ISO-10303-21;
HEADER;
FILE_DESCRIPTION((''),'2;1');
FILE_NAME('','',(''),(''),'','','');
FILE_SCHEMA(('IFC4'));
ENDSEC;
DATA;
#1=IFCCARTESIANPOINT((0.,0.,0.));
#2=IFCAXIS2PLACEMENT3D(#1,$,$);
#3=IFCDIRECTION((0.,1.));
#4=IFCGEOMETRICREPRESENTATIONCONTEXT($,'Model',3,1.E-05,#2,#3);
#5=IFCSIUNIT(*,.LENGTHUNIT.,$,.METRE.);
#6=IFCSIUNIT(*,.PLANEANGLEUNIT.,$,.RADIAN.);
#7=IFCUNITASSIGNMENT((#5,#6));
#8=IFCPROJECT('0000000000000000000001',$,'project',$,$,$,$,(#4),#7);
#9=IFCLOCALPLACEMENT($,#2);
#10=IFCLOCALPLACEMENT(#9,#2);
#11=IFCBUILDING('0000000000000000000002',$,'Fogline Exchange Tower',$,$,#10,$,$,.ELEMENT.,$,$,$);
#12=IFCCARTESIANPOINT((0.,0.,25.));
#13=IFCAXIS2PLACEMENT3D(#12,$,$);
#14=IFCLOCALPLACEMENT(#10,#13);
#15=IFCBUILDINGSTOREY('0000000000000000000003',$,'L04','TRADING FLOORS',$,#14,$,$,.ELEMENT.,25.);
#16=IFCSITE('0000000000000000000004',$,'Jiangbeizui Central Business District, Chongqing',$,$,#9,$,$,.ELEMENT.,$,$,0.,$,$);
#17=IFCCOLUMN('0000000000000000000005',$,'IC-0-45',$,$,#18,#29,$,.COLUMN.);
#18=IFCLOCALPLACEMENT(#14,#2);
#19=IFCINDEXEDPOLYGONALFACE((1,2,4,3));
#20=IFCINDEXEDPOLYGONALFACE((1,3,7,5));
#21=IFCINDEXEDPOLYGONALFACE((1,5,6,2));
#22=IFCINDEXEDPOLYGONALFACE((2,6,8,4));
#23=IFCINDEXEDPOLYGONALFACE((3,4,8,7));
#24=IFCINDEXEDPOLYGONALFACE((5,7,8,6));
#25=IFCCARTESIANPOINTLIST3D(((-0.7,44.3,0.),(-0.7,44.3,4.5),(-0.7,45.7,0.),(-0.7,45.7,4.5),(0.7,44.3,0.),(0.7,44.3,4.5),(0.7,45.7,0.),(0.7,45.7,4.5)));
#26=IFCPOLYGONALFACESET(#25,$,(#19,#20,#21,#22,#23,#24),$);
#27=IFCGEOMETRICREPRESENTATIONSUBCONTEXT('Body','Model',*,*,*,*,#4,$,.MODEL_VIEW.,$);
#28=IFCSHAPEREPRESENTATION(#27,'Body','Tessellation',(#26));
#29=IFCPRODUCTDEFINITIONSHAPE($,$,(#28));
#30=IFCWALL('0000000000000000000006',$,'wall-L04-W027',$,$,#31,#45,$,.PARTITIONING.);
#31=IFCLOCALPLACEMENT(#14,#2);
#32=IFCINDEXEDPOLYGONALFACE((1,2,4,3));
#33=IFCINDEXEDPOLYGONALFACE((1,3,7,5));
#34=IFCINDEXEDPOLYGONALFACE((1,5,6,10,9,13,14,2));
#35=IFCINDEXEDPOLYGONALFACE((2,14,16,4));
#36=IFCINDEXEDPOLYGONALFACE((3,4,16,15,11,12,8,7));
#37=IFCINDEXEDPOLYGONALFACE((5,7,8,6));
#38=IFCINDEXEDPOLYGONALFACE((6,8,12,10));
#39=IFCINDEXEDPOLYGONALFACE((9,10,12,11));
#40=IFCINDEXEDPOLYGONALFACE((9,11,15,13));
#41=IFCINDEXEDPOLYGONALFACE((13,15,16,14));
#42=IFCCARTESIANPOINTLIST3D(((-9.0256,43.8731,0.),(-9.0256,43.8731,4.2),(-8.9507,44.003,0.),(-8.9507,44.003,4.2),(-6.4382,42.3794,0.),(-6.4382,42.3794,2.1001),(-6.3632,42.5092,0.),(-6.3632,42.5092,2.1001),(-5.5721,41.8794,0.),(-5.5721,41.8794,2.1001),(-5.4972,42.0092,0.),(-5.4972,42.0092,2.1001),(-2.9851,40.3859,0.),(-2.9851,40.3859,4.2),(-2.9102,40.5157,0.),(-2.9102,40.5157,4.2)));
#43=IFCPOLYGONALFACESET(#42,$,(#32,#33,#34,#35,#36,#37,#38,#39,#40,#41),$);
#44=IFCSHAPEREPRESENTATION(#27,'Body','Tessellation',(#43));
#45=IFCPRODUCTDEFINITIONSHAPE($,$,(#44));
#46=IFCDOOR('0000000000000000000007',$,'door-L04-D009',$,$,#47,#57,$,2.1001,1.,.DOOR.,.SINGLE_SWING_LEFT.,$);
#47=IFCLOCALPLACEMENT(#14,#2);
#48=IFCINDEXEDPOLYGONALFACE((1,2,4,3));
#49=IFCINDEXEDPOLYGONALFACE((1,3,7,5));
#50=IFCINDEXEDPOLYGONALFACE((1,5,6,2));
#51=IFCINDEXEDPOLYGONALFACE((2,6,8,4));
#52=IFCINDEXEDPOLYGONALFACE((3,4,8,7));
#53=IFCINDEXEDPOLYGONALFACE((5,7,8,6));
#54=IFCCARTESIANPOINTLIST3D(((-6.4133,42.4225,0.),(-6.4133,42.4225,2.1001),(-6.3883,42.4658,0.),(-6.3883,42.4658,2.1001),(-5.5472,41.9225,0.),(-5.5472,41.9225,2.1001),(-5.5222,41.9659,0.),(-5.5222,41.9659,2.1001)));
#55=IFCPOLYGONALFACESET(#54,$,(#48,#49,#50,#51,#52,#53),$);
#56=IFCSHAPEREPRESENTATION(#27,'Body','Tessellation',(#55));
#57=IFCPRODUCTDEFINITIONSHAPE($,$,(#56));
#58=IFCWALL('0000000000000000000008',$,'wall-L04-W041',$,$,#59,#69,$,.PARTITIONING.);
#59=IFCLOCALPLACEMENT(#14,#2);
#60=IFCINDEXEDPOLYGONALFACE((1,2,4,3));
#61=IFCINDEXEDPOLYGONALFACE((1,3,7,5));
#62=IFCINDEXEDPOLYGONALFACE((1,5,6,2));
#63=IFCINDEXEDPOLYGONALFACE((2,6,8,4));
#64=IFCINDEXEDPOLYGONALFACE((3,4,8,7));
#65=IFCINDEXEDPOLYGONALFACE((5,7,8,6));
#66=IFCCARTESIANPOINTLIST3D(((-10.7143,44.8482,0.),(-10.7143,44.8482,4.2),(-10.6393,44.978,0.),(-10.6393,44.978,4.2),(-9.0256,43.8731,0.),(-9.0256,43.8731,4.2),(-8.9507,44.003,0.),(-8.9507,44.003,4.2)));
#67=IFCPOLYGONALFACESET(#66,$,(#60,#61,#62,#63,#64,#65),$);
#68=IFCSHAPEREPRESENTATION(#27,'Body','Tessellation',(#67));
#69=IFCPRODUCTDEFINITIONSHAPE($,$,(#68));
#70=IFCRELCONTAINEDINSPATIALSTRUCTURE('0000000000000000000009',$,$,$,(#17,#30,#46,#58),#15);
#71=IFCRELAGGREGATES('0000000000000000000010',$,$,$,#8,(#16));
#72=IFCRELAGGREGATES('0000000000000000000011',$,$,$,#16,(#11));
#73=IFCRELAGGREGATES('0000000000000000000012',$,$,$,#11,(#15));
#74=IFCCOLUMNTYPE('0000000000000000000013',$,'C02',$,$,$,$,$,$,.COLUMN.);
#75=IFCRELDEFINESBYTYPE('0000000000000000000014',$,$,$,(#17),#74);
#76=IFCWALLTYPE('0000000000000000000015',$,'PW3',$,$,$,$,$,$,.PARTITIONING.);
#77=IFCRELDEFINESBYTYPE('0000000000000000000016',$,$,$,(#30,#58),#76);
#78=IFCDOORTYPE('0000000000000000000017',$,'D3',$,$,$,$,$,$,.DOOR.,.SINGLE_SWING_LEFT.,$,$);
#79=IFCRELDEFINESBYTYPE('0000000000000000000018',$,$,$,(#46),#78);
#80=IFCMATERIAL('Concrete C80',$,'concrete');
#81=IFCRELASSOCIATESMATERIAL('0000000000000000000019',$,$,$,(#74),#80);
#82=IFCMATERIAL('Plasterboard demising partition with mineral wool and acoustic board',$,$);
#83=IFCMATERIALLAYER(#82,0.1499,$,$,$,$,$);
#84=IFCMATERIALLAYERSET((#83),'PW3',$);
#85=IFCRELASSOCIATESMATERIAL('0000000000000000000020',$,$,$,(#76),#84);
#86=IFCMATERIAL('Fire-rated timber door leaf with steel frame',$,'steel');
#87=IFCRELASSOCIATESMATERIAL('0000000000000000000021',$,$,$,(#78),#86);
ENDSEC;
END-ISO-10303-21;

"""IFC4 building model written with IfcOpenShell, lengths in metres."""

from ifc_helpers import new_model, si_unit, direction, frame, frame_2d, origin, origin_2d, place, context, subcontext, project, spatial, rectangle, extrude, material, layer, layer_set, material_profile, profile_set, type_object, element, fill, save


model = new_model("IFC4")

# Units and contexts
model_context = context("Model", 3, precision=1e-05, world=origin(), true_north=direction((0.0, 1.0)))
body_context = subcontext(model_context, "Body", "Model", "MODEL_VIEW")
ifc_project = project(units=[si_unit("LENGTHUNIT", "METRE"), si_unit("PLANEANGLEUNIT", "RADIAN")], contexts=[model_context])

# Site, building, storey
site_placement = place(None, origin())
site = spatial("IfcSite", under=ifc_project, at=site_placement, Name="Jiangbeizui Central Business District, Chongqing", CompositionType="ELEMENT", RefElevation=0.0)
building_placement = place(site_placement, origin())
building = spatial("IfcBuilding", under=site, at=building_placement, Name="Fogline Exchange Tower", CompositionType="ELEMENT")
storey_placement = place(building_placement, frame((0.0, 0.0, 25.0)))
storey = spatial("IfcBuildingStorey", under=building, at=storey_placement, Name="L04", Description="TRADING FLOORS", CompositionType="ELEMENT", Elevation=25.0)

# Column
ifc_material_1 = material(Name="Concrete C80", Category="concrete")
ifc_material_profile = material_profile(ifc_material_1, rectangle(XDim=1.3999, YDim=1.3999, at=origin_2d()), Name="RC 1400x1400")
ifc_profile_set = profile_set([ifc_material_profile], Name="Concrete C80")
column_type = type_object("IfcColumnType", Name="C02", PredefinedType="COLUMN", material=ifc_profile_set)
column_placement = place(storey_placement, frame((0.0, 45.0, 0.0), z_axis=(0.0, 0.0, 1.0), x_axis=(1.0, 0.0, 0.0)))
element("IfcColumn", 1, at=column_placement, inside=storey, type_object=column_type, Name="IC-0-45", PredefinedType="COLUMN", context=body_context, shape_type="SweptSolid", body=[
    extrude(rectangle(XDim=1.3999, YDim=1.3999, at=origin_2d()), origin(), (0.0, 0.0, 1.0), 4.5),
])

# Wall, opening, door
ifc_material_2 = material(Name="Plasterboard demising partition with mineral wool and acoustic board")
ifc_layer = layer(ifc_material_2, 0.1499)
ifc_layer_set = layer_set([ifc_layer], Name="PW3")
wall_type = type_object("IfcWallType", Name="PW3", PredefinedType="PARTITIONING", material=ifc_layer_set)
wall_1_placement = place(storey_placement, frame((-8.988, 43.938, 0.0), z_axis=(0.0, 0.0, 1.0), x_axis=(0.866038, -0.499979, 0.0)))
wall_1 = element("IfcWall", 2, at=wall_1_placement, inside=storey, type_object=wall_type, Name="wall-L04-W027", PredefinedType="PARTITIONING", context=body_context, shape_type="SweptSolid", body=[
    extrude(rectangle(XDim=6.9749, YDim=0.1499, at=frame_2d((3.4873, 0.0))), origin(), (0.0, 0.0, 1.0), 4.2),
])
opening_placement = place(wall_1_placement, frame((2.9875, 0.0, 0.0)))
opening = element("IfcOpeningElement", 3, at=opening_placement, cuts=wall_1, PredefinedType="OPENING", context=body_context, shape_type="SweptSolid", body=[
    extrude(rectangle(XDim=1.0, YDim=2.1001, at=frame_2d((0.5, 1.05))), frame((0.0, 0.085, 0.0), z_axis=(0.0, -1.0, 0.0), x_axis=(1.0, 0.0, 0.0)), (0.0, 0.0, 1.0), 0.1699),
])
ifc_material_3 = material(Name="Fire-rated timber door leaf with steel frame", Category="steel")
door_type = type_object("IfcDoorType", Name="D3", OperationType="SINGLE_SWING_LEFT", PredefinedType="DOOR", material=ifc_material_3)
door_placement = place(opening_placement, origin())
door = element("IfcDoor", 4, at=door_placement, inside=storey, type_object=door_type, Name="door-L04-D009", OperationType="SINGLE_SWING_LEFT", OverallHeight=2.1001, OverallWidth=1.0, PredefinedType="DOOR", context=body_context, shape_type="SweptSolid", body=[
    extrude(rectangle(XDim=1.0, YDim=2.1001, at=frame_2d((0.5, 1.05))), frame((0.0, 0.0249, 0.0), z_axis=(0.0, -1.0, 0.0), x_axis=(1.0, 0.0, 0.0)), (0.0, 0.0, 1.0), 0.05),
])
fill(opening, door)

# Wall
wall_2_placement = place(storey_placement, frame((-8.988, 43.938, 0.0), z_axis=(0.0, 0.0, 1.0), x_axis=(-0.866, 0.500044, 0.0)))
element("IfcWall", 5, at=wall_2_placement, inside=storey, type_object=wall_type, Name="wall-L04-W041", PredefinedType="PARTITIONING", context=body_context, shape_type="SweptSolid", body=[
    extrude(rectangle(XDim=1.95, YDim=0.1499, at=frame_2d((0.9751, 0.0))), origin(), (0.0, 0.0, 1.0), 4.2),
])

save(model, "model.ifc")
